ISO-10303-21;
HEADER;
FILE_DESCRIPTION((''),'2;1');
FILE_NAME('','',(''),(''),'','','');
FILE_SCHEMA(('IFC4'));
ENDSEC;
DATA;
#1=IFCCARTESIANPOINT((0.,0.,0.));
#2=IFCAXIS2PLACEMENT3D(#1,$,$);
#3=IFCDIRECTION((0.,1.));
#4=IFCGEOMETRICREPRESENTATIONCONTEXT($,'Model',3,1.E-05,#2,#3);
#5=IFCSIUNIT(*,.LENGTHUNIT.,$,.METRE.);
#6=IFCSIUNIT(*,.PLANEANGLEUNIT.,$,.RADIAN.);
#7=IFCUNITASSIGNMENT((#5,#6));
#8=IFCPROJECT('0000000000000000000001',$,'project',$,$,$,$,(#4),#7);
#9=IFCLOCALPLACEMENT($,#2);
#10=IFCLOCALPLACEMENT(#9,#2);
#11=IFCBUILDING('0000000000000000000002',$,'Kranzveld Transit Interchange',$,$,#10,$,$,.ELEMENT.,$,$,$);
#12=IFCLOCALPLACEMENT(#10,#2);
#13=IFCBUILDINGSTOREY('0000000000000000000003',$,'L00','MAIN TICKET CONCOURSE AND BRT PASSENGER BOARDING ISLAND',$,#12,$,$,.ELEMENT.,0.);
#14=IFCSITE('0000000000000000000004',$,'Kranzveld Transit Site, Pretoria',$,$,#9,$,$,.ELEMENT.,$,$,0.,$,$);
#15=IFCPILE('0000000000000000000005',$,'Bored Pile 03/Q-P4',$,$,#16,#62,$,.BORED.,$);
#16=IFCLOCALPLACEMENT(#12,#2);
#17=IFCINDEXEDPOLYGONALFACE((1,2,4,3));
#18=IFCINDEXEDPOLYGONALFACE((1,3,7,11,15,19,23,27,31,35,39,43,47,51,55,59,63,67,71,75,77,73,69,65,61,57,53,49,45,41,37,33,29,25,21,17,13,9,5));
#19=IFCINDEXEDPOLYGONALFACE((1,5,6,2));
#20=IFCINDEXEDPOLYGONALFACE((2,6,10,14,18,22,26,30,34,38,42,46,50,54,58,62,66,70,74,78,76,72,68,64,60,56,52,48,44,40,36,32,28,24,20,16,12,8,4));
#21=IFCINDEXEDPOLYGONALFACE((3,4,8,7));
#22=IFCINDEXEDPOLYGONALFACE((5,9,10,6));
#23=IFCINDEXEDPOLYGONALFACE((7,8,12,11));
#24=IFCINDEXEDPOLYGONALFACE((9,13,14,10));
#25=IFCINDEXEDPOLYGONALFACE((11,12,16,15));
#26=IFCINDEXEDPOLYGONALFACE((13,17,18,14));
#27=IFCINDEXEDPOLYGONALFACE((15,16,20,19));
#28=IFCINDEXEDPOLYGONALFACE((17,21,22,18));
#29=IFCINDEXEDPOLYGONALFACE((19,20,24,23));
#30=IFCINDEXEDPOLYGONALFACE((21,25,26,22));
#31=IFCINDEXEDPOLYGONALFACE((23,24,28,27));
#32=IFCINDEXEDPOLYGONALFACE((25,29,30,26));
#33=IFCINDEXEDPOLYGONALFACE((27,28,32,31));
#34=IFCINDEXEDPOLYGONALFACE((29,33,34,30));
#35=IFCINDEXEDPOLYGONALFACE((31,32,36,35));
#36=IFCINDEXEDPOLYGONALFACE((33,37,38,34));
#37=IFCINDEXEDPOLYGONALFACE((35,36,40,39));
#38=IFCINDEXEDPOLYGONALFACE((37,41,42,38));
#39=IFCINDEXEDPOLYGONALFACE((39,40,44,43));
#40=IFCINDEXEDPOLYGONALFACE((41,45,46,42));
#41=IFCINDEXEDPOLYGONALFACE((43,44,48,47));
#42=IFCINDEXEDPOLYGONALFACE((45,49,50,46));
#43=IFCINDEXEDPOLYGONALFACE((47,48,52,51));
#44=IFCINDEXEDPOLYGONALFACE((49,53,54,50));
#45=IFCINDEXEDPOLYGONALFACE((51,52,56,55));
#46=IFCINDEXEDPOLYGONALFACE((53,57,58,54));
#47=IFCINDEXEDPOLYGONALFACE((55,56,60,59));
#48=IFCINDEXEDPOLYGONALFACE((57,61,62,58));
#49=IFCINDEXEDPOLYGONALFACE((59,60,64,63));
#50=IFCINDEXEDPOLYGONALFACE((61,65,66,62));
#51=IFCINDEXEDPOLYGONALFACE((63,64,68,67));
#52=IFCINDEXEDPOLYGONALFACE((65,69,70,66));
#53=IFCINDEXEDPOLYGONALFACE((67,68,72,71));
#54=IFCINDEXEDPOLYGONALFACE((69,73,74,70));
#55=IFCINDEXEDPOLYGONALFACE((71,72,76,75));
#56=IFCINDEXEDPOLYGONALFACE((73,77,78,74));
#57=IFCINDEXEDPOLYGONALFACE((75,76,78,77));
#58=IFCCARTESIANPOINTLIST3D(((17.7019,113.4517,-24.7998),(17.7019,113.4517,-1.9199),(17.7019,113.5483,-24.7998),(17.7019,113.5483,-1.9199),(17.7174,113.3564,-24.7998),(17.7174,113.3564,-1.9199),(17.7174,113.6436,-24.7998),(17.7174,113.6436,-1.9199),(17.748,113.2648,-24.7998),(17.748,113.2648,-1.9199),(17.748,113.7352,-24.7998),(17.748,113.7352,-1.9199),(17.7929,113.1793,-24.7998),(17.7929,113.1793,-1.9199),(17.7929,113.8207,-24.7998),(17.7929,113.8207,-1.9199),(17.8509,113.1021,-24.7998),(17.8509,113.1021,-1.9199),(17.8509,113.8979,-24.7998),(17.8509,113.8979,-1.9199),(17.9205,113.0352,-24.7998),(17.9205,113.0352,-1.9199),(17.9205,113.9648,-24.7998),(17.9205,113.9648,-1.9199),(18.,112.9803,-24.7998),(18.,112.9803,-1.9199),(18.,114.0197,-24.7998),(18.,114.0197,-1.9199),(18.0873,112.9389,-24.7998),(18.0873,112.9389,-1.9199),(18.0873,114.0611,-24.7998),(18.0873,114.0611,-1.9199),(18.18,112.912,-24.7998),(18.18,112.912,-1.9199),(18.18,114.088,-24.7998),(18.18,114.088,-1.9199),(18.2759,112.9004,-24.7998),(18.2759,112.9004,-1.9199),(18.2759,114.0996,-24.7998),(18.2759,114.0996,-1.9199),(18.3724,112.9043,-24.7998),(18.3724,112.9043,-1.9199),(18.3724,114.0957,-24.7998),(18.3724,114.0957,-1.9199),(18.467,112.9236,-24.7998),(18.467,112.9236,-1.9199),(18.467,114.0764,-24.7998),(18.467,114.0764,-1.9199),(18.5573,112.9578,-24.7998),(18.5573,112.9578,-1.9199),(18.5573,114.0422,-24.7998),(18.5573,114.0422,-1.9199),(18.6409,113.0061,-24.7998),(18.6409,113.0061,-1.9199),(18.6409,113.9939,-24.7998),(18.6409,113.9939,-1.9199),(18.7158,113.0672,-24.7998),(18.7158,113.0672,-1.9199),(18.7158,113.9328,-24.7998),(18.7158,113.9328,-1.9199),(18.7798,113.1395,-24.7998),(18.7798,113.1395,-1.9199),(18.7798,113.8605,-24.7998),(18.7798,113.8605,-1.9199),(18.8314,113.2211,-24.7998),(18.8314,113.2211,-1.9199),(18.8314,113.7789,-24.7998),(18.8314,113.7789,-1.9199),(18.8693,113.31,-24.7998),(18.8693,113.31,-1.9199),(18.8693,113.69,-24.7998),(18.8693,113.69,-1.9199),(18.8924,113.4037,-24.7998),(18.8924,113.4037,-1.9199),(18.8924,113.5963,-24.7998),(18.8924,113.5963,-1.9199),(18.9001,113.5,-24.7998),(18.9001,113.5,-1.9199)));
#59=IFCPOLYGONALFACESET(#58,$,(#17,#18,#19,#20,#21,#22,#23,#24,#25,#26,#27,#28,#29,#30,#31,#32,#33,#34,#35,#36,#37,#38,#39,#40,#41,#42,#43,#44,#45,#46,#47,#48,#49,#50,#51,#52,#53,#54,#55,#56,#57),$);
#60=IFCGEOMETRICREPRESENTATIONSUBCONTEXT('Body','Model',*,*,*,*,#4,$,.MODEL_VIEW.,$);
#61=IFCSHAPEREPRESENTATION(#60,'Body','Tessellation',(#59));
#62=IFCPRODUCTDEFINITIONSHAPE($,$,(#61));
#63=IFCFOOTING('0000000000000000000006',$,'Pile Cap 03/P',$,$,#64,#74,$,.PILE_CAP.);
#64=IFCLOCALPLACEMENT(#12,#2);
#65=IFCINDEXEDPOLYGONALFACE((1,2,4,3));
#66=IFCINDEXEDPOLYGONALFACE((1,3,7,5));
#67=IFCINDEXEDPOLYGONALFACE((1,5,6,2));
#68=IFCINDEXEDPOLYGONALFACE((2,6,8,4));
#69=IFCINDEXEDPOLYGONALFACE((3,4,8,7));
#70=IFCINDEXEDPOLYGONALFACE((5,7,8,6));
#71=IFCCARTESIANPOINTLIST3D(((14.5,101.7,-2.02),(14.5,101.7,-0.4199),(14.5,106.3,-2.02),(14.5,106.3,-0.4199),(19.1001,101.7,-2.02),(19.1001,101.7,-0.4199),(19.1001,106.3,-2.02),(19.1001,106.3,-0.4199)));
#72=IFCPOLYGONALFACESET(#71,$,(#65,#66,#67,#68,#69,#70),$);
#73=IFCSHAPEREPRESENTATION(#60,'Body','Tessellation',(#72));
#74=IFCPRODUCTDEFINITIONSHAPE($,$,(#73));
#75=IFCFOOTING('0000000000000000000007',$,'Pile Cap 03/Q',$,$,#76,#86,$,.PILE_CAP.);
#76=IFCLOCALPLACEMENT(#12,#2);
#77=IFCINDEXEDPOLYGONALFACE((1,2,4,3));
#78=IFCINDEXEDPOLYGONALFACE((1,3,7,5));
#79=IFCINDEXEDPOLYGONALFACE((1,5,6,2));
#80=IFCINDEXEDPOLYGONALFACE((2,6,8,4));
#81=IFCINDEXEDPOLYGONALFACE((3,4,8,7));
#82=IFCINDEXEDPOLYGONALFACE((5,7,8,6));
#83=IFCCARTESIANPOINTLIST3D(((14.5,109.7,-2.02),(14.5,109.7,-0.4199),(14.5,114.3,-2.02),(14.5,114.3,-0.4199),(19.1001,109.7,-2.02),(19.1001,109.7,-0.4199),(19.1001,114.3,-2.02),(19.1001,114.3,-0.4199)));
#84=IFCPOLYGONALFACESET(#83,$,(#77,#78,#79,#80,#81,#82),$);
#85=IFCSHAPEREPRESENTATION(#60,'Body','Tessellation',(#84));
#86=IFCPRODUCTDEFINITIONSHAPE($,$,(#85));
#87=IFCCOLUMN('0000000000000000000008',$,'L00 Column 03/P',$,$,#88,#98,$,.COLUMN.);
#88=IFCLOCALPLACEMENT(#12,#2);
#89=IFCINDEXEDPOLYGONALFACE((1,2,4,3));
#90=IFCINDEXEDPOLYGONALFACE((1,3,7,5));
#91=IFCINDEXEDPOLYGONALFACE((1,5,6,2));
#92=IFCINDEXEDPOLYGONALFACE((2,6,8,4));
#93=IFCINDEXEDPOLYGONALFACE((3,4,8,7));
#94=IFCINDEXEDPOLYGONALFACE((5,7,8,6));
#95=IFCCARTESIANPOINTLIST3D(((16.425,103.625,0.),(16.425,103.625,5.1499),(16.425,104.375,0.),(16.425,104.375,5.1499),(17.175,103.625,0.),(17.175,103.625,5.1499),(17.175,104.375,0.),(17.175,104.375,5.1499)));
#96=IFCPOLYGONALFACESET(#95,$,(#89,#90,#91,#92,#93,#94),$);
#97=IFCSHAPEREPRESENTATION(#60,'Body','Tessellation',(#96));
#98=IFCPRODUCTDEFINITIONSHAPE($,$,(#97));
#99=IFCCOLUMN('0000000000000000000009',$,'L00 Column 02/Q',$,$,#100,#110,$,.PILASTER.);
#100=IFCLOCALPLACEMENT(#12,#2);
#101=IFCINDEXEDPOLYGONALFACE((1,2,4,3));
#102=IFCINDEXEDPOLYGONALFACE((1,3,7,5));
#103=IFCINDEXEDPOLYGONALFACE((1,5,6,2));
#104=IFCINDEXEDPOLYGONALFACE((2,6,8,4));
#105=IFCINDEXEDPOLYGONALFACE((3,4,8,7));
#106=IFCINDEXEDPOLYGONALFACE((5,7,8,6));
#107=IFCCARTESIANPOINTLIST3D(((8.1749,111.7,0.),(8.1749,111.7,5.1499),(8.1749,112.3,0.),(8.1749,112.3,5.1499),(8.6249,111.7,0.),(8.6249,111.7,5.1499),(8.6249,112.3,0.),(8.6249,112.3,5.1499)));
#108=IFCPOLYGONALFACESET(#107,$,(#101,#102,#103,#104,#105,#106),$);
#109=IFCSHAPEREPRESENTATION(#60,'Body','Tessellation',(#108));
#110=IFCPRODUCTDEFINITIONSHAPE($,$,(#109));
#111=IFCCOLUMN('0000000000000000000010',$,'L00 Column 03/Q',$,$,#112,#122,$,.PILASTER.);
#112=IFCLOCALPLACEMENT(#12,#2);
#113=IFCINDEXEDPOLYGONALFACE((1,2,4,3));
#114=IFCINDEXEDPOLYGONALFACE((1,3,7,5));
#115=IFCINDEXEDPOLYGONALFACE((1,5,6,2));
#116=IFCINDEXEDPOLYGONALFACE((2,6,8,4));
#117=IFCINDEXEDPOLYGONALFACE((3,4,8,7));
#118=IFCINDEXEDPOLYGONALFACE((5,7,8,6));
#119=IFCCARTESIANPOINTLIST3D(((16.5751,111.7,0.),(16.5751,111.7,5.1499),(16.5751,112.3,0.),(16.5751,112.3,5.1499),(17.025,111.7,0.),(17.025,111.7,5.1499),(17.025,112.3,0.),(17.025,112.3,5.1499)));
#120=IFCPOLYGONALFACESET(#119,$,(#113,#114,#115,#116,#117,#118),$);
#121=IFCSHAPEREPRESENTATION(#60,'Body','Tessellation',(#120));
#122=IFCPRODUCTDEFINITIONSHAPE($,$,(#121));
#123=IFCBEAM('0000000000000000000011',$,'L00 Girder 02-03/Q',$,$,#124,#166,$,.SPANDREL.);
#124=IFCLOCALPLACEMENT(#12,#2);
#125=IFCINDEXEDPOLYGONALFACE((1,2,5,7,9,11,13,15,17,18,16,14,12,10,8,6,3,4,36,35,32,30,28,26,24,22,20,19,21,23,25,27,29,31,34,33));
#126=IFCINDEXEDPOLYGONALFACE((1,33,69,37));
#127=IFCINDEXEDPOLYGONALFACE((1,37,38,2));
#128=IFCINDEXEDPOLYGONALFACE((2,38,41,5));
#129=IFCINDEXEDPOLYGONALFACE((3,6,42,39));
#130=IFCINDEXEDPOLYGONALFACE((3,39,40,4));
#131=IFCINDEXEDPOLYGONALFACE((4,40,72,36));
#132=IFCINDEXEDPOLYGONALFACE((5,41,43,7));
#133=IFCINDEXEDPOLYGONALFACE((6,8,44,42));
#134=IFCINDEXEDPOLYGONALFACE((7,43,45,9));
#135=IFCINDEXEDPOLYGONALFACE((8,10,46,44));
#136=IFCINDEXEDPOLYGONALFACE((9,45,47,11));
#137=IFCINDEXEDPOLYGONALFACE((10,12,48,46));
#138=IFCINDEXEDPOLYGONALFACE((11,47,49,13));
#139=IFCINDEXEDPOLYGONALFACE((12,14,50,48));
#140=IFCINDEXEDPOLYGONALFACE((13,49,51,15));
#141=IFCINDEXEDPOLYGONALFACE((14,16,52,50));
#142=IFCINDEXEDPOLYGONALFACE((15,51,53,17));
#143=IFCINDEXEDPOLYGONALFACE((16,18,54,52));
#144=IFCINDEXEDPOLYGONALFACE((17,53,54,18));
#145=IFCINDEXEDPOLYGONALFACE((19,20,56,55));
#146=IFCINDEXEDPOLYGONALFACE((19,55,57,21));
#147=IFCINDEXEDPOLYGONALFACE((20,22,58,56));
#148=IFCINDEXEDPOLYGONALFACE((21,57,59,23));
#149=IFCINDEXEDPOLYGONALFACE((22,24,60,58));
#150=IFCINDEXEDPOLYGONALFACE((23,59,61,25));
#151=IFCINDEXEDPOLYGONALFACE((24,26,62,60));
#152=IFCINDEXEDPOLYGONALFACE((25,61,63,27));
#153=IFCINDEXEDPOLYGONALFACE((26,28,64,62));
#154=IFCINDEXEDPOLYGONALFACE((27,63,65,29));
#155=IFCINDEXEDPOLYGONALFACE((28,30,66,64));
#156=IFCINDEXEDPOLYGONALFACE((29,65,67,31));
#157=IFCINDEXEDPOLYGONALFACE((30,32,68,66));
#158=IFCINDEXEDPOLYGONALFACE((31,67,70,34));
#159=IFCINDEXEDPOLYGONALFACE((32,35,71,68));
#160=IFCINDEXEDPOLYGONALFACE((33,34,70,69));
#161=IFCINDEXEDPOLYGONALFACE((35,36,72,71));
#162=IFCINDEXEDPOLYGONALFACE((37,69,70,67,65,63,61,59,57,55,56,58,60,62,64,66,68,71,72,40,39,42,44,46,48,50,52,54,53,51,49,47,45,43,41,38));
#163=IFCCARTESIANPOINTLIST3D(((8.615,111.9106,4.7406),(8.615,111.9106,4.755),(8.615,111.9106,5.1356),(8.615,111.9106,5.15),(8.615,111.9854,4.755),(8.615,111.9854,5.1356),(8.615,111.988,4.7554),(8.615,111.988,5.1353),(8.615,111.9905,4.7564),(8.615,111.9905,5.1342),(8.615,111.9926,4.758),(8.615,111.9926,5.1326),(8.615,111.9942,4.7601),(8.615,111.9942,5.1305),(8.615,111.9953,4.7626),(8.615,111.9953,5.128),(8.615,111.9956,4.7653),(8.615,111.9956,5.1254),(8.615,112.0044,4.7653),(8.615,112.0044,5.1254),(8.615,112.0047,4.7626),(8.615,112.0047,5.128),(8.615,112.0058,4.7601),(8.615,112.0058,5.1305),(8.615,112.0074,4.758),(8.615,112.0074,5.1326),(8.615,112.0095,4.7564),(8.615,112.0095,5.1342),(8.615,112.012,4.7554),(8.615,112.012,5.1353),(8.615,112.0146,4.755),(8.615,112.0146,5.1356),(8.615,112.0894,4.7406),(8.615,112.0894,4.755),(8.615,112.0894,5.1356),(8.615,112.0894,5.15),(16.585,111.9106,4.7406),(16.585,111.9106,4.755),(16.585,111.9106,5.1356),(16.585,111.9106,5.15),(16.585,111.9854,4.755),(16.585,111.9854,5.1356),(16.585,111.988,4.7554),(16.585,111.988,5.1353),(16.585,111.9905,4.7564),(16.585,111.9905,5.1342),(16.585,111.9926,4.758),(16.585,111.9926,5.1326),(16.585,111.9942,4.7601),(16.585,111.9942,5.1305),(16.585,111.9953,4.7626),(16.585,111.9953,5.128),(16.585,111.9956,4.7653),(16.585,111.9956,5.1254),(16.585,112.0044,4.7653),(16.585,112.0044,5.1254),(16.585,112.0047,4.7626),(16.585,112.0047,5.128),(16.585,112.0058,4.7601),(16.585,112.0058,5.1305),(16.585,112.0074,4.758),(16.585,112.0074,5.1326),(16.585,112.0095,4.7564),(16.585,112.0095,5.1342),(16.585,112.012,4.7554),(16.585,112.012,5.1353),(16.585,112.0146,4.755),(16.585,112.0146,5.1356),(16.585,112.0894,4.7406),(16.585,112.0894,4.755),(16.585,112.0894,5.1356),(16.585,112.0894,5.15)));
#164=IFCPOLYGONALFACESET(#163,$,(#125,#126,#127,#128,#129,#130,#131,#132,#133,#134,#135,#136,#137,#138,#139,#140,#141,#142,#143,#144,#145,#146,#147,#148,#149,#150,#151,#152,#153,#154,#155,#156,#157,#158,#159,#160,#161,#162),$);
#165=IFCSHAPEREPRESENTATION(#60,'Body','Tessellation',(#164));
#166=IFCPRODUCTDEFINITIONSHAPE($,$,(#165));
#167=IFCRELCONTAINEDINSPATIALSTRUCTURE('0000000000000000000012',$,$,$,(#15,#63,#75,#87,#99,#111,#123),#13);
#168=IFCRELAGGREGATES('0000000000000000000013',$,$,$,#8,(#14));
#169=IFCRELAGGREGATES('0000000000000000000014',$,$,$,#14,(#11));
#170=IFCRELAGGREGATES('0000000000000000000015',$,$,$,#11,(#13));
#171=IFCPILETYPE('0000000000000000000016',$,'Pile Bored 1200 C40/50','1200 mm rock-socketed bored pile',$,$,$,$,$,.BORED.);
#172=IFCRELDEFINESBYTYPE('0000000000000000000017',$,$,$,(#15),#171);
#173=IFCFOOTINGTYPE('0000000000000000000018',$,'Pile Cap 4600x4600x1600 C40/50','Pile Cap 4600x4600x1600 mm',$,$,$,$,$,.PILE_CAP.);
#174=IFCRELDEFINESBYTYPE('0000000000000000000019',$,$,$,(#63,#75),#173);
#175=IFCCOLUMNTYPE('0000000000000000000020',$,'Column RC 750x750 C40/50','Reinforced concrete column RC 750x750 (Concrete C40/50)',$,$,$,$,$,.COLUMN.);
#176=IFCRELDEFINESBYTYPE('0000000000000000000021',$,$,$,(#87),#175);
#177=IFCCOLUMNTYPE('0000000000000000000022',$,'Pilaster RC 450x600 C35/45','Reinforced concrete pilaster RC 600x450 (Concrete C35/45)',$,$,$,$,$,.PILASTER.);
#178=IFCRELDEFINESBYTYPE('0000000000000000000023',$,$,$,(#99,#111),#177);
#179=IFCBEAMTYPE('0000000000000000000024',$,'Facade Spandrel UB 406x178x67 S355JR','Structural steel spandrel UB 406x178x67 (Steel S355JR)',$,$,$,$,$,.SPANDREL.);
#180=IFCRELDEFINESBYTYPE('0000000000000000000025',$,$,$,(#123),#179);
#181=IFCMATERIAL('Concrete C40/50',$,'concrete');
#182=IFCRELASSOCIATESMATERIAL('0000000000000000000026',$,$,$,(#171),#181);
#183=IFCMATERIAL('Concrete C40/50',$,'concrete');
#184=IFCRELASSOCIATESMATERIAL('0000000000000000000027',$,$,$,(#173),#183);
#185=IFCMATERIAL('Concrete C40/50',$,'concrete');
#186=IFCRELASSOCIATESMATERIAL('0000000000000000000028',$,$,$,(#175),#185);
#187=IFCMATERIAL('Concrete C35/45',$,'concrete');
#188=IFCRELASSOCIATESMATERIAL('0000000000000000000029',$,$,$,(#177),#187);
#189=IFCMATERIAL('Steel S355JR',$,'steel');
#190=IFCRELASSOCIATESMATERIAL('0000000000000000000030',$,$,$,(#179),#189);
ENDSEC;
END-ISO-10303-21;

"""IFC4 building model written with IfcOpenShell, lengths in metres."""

from ifc_helpers import new_model, si_unit, direction, frame, origin, origin_2d, place, context, subcontext, project, spatial, rectangle, circle, i_section, extrude, material, material_profile, profile_set, type_object, element, save


model = new_model("IFC4")

# Units and contexts
model_context = context("Model", 3, precision=1e-05, world=origin(), true_north=direction((0.0, 1.0)))
body_context = subcontext(model_context, "Body", "Model", "MODEL_VIEW")
ifc_project = project(units=[si_unit("LENGTHUNIT", "METRE"), si_unit("PLANEANGLEUNIT", "RADIAN")], contexts=[model_context])

# Site, building, storey
site_placement = place(None, origin())
site = spatial("IfcSite", under=ifc_project, at=site_placement, Name="Kranzveld Transit Site, Pretoria", CompositionType="ELEMENT", RefElevation=0.0)
building_placement = place(site_placement, origin())
building = spatial("IfcBuilding", under=site, at=building_placement, Name="Kranzveld Transit Interchange", CompositionType="ELEMENT")
storey_placement = place(building_placement, origin())
storey = spatial("IfcBuildingStorey", under=building, at=storey_placement, Name="L00", Description="MAIN TICKET CONCOURSE AND BRT PASSENGER BOARDING ISLAND", CompositionType="ELEMENT", Elevation=0.0)

# Pile
ifc_material_1 = material(Name="Concrete C40/50", Category="concrete")
ifc_material_profile_1 = material_profile(ifc_material_1, circle(Radius=0.6001, at=origin_2d()), Name="BORED PILE 1200")
ifc_profile_set_1 = profile_set([ifc_material_profile_1], Name="Concrete C40/50")
pile_type = type_object("IfcPileType", Name="Pile Bored 1200 C40/50", Description="1200 mm rock-socketed bored pile", PredefinedType="BORED", material=ifc_profile_set_1)
for number, where, z_axis, x_axis, name in (
    (1, (18.3, 113.5, -1.9199), (0.0, 0.0, -1.0), (1.0, 0.0, 0.0), "Bored Pile 03/Q-P4"),
):
    element("IfcPile", number, at=place(storey_placement, frame(where, z_axis=z_axis, x_axis=x_axis)), inside=storey, type_object=pile_type, Name=name, PredefinedType="BORED", context=body_context, shape_type="SweptSolid", body=[
        extrude(circle(Radius=0.6001, at=origin_2d()), origin(), (0.0, 0.0, 1.0), 22.8799),
    ])

# Footings
ifc_material_2 = material(Name="Concrete C40/50", Category="concrete")
footing_type_1 = type_object("IfcFootingType", Name="Pile Cap 4600x4600x1600 C40/50", Description="Pile Cap 4600x4600x1600 mm", PredefinedType="PILE_CAP", material=ifc_material_2)
for number, where, z_axis, x_axis, name in (
    (2, (16.8, 104.0, -2.02), (0.0, 0.0, 1.0), (1.0, 0.0, 0.0), "Pile Cap 03/P"),
    (3, (16.8, 112.0, -2.02), (0.0, 0.0, 1.0), (1.0, 0.0, 0.0), "Pile Cap 03/Q"),
):
    element("IfcFooting", number, at=place(storey_placement, frame(where, z_axis=z_axis, x_axis=x_axis)), inside=storey, type_object=footing_type_1, Name=name, PredefinedType="PILE_CAP", context=body_context, shape_type="SweptSolid", body=[
        extrude(rectangle(XDim=4.6001, YDim=4.6001, at=origin_2d()), origin(), (0.0, 0.0, 1.0), 1.6001),
    ])

# Columns
ifc_material_3 = material(Name="Concrete C40/50", Category="concrete")
ifc_material_profile_2 = material_profile(ifc_material_3, rectangle(XDim=0.75, YDim=0.75, at=origin_2d()), Name="RC 750x750")
ifc_profile_set_2 = profile_set([ifc_material_profile_2], Name="Concrete C40/50")
column_type_1 = type_object("IfcColumnType", Name="Column RC 750x750 C40/50", Description="Reinforced concrete column RC 750x750 (Concrete C40/50)", PredefinedType="COLUMN", material=ifc_profile_set_2)
column_placement = place(storey_placement, frame((16.8, 104.0, 0.0), z_axis=(0.0, 0.0, 1.0), x_axis=(1.0, 0.0, 0.0)))
element("IfcColumn", 4, at=column_placement, inside=storey, type_object=column_type_1, Name="L00 Column 03/P", PredefinedType="COLUMN", context=body_context, shape_type="SweptSolid", body=[
    extrude(rectangle(XDim=0.75, YDim=0.75, at=origin_2d()), origin(), (0.0, 0.0, 1.0), 5.1499),
])
ifc_material_4 = material(Name="Concrete C35/45", Category="concrete")
ifc_material_profile_3 = material_profile(ifc_material_4, rectangle(XDim=0.45, YDim=0.6001, at=origin_2d()), Name="RC 600x450")
ifc_profile_set_3 = profile_set([ifc_material_profile_3], Name="Concrete C35/45")
column_type_2 = type_object("IfcColumnType", Name="Pilaster RC 450x600 C35/45", Description="Reinforced concrete pilaster RC 600x450 (Concrete C35/45)", PredefinedType="PILASTER", material=ifc_profile_set_3)
for number, where, z_axis, x_axis, name in (
    (5, (8.3999, 112.0, 0.0), (0.0, 0.0, 1.0), (1.0, 0.0, 0.0), "L00 Column 02/Q"),
    (6, (16.8, 112.0, 0.0), (0.0, 0.0, 1.0), (1.0, 0.0, 0.0), "L00 Column 03/Q"),
):
    element("IfcColumn", number, at=place(storey_placement, frame(where, z_axis=z_axis, x_axis=x_axis)), inside=storey, type_object=column_type_2, Name=name, PredefinedType="PILASTER", context=body_context, shape_type="SweptSolid", body=[
        extrude(rectangle(XDim=0.45, YDim=0.6001, at=origin_2d()), origin(), (0.0, 0.0, 1.0), 5.1499),
    ])

# Beam
ifc_material_5 = material(Name="Steel S355JR", Category="steel")
ifc_material_profile_4 = material_profile(ifc_material_5, i_section(OverallWidth=0.1787, OverallDepth=0.4094, WebThickness=0.0088, FlangeThickness=0.0144, FilletRadius=0.0103, at=origin_2d()), Name="UB 406x178x67")
ifc_profile_set_4 = profile_set([ifc_material_profile_4], Name="Steel S355JR")
beam_type_1 = type_object("IfcBeamType", Name="Facade Spandrel UB 406x178x67 S355JR", Description="Structural steel spandrel UB 406x178x67 (Steel S355JR)", PredefinedType="SPANDREL", material=ifc_profile_set_4)
beam_1_placement = place(storey_placement, frame((8.615, 112.0, 4.9453), z_axis=(1.0, 0.0, 0.0), x_axis=(0.0, 1.0, 0.0)))
element("IfcBeam", 7, at=beam_1_placement, inside=storey, type_object=beam_type_1, Name="L00 Girder 02-03/Q", PredefinedType="SPANDREL", context=body_context, shape_type="SweptSolid", body=[
    extrude(i_section(OverallWidth=0.1787, OverallDepth=0.4094, WebThickness=0.0088, FlangeThickness=0.0144, FilletRadius=0.0103, at=origin_2d()), origin(), (0.0, 0.0, 1.0), 7.97),
])

save(model, "model.ifc")
